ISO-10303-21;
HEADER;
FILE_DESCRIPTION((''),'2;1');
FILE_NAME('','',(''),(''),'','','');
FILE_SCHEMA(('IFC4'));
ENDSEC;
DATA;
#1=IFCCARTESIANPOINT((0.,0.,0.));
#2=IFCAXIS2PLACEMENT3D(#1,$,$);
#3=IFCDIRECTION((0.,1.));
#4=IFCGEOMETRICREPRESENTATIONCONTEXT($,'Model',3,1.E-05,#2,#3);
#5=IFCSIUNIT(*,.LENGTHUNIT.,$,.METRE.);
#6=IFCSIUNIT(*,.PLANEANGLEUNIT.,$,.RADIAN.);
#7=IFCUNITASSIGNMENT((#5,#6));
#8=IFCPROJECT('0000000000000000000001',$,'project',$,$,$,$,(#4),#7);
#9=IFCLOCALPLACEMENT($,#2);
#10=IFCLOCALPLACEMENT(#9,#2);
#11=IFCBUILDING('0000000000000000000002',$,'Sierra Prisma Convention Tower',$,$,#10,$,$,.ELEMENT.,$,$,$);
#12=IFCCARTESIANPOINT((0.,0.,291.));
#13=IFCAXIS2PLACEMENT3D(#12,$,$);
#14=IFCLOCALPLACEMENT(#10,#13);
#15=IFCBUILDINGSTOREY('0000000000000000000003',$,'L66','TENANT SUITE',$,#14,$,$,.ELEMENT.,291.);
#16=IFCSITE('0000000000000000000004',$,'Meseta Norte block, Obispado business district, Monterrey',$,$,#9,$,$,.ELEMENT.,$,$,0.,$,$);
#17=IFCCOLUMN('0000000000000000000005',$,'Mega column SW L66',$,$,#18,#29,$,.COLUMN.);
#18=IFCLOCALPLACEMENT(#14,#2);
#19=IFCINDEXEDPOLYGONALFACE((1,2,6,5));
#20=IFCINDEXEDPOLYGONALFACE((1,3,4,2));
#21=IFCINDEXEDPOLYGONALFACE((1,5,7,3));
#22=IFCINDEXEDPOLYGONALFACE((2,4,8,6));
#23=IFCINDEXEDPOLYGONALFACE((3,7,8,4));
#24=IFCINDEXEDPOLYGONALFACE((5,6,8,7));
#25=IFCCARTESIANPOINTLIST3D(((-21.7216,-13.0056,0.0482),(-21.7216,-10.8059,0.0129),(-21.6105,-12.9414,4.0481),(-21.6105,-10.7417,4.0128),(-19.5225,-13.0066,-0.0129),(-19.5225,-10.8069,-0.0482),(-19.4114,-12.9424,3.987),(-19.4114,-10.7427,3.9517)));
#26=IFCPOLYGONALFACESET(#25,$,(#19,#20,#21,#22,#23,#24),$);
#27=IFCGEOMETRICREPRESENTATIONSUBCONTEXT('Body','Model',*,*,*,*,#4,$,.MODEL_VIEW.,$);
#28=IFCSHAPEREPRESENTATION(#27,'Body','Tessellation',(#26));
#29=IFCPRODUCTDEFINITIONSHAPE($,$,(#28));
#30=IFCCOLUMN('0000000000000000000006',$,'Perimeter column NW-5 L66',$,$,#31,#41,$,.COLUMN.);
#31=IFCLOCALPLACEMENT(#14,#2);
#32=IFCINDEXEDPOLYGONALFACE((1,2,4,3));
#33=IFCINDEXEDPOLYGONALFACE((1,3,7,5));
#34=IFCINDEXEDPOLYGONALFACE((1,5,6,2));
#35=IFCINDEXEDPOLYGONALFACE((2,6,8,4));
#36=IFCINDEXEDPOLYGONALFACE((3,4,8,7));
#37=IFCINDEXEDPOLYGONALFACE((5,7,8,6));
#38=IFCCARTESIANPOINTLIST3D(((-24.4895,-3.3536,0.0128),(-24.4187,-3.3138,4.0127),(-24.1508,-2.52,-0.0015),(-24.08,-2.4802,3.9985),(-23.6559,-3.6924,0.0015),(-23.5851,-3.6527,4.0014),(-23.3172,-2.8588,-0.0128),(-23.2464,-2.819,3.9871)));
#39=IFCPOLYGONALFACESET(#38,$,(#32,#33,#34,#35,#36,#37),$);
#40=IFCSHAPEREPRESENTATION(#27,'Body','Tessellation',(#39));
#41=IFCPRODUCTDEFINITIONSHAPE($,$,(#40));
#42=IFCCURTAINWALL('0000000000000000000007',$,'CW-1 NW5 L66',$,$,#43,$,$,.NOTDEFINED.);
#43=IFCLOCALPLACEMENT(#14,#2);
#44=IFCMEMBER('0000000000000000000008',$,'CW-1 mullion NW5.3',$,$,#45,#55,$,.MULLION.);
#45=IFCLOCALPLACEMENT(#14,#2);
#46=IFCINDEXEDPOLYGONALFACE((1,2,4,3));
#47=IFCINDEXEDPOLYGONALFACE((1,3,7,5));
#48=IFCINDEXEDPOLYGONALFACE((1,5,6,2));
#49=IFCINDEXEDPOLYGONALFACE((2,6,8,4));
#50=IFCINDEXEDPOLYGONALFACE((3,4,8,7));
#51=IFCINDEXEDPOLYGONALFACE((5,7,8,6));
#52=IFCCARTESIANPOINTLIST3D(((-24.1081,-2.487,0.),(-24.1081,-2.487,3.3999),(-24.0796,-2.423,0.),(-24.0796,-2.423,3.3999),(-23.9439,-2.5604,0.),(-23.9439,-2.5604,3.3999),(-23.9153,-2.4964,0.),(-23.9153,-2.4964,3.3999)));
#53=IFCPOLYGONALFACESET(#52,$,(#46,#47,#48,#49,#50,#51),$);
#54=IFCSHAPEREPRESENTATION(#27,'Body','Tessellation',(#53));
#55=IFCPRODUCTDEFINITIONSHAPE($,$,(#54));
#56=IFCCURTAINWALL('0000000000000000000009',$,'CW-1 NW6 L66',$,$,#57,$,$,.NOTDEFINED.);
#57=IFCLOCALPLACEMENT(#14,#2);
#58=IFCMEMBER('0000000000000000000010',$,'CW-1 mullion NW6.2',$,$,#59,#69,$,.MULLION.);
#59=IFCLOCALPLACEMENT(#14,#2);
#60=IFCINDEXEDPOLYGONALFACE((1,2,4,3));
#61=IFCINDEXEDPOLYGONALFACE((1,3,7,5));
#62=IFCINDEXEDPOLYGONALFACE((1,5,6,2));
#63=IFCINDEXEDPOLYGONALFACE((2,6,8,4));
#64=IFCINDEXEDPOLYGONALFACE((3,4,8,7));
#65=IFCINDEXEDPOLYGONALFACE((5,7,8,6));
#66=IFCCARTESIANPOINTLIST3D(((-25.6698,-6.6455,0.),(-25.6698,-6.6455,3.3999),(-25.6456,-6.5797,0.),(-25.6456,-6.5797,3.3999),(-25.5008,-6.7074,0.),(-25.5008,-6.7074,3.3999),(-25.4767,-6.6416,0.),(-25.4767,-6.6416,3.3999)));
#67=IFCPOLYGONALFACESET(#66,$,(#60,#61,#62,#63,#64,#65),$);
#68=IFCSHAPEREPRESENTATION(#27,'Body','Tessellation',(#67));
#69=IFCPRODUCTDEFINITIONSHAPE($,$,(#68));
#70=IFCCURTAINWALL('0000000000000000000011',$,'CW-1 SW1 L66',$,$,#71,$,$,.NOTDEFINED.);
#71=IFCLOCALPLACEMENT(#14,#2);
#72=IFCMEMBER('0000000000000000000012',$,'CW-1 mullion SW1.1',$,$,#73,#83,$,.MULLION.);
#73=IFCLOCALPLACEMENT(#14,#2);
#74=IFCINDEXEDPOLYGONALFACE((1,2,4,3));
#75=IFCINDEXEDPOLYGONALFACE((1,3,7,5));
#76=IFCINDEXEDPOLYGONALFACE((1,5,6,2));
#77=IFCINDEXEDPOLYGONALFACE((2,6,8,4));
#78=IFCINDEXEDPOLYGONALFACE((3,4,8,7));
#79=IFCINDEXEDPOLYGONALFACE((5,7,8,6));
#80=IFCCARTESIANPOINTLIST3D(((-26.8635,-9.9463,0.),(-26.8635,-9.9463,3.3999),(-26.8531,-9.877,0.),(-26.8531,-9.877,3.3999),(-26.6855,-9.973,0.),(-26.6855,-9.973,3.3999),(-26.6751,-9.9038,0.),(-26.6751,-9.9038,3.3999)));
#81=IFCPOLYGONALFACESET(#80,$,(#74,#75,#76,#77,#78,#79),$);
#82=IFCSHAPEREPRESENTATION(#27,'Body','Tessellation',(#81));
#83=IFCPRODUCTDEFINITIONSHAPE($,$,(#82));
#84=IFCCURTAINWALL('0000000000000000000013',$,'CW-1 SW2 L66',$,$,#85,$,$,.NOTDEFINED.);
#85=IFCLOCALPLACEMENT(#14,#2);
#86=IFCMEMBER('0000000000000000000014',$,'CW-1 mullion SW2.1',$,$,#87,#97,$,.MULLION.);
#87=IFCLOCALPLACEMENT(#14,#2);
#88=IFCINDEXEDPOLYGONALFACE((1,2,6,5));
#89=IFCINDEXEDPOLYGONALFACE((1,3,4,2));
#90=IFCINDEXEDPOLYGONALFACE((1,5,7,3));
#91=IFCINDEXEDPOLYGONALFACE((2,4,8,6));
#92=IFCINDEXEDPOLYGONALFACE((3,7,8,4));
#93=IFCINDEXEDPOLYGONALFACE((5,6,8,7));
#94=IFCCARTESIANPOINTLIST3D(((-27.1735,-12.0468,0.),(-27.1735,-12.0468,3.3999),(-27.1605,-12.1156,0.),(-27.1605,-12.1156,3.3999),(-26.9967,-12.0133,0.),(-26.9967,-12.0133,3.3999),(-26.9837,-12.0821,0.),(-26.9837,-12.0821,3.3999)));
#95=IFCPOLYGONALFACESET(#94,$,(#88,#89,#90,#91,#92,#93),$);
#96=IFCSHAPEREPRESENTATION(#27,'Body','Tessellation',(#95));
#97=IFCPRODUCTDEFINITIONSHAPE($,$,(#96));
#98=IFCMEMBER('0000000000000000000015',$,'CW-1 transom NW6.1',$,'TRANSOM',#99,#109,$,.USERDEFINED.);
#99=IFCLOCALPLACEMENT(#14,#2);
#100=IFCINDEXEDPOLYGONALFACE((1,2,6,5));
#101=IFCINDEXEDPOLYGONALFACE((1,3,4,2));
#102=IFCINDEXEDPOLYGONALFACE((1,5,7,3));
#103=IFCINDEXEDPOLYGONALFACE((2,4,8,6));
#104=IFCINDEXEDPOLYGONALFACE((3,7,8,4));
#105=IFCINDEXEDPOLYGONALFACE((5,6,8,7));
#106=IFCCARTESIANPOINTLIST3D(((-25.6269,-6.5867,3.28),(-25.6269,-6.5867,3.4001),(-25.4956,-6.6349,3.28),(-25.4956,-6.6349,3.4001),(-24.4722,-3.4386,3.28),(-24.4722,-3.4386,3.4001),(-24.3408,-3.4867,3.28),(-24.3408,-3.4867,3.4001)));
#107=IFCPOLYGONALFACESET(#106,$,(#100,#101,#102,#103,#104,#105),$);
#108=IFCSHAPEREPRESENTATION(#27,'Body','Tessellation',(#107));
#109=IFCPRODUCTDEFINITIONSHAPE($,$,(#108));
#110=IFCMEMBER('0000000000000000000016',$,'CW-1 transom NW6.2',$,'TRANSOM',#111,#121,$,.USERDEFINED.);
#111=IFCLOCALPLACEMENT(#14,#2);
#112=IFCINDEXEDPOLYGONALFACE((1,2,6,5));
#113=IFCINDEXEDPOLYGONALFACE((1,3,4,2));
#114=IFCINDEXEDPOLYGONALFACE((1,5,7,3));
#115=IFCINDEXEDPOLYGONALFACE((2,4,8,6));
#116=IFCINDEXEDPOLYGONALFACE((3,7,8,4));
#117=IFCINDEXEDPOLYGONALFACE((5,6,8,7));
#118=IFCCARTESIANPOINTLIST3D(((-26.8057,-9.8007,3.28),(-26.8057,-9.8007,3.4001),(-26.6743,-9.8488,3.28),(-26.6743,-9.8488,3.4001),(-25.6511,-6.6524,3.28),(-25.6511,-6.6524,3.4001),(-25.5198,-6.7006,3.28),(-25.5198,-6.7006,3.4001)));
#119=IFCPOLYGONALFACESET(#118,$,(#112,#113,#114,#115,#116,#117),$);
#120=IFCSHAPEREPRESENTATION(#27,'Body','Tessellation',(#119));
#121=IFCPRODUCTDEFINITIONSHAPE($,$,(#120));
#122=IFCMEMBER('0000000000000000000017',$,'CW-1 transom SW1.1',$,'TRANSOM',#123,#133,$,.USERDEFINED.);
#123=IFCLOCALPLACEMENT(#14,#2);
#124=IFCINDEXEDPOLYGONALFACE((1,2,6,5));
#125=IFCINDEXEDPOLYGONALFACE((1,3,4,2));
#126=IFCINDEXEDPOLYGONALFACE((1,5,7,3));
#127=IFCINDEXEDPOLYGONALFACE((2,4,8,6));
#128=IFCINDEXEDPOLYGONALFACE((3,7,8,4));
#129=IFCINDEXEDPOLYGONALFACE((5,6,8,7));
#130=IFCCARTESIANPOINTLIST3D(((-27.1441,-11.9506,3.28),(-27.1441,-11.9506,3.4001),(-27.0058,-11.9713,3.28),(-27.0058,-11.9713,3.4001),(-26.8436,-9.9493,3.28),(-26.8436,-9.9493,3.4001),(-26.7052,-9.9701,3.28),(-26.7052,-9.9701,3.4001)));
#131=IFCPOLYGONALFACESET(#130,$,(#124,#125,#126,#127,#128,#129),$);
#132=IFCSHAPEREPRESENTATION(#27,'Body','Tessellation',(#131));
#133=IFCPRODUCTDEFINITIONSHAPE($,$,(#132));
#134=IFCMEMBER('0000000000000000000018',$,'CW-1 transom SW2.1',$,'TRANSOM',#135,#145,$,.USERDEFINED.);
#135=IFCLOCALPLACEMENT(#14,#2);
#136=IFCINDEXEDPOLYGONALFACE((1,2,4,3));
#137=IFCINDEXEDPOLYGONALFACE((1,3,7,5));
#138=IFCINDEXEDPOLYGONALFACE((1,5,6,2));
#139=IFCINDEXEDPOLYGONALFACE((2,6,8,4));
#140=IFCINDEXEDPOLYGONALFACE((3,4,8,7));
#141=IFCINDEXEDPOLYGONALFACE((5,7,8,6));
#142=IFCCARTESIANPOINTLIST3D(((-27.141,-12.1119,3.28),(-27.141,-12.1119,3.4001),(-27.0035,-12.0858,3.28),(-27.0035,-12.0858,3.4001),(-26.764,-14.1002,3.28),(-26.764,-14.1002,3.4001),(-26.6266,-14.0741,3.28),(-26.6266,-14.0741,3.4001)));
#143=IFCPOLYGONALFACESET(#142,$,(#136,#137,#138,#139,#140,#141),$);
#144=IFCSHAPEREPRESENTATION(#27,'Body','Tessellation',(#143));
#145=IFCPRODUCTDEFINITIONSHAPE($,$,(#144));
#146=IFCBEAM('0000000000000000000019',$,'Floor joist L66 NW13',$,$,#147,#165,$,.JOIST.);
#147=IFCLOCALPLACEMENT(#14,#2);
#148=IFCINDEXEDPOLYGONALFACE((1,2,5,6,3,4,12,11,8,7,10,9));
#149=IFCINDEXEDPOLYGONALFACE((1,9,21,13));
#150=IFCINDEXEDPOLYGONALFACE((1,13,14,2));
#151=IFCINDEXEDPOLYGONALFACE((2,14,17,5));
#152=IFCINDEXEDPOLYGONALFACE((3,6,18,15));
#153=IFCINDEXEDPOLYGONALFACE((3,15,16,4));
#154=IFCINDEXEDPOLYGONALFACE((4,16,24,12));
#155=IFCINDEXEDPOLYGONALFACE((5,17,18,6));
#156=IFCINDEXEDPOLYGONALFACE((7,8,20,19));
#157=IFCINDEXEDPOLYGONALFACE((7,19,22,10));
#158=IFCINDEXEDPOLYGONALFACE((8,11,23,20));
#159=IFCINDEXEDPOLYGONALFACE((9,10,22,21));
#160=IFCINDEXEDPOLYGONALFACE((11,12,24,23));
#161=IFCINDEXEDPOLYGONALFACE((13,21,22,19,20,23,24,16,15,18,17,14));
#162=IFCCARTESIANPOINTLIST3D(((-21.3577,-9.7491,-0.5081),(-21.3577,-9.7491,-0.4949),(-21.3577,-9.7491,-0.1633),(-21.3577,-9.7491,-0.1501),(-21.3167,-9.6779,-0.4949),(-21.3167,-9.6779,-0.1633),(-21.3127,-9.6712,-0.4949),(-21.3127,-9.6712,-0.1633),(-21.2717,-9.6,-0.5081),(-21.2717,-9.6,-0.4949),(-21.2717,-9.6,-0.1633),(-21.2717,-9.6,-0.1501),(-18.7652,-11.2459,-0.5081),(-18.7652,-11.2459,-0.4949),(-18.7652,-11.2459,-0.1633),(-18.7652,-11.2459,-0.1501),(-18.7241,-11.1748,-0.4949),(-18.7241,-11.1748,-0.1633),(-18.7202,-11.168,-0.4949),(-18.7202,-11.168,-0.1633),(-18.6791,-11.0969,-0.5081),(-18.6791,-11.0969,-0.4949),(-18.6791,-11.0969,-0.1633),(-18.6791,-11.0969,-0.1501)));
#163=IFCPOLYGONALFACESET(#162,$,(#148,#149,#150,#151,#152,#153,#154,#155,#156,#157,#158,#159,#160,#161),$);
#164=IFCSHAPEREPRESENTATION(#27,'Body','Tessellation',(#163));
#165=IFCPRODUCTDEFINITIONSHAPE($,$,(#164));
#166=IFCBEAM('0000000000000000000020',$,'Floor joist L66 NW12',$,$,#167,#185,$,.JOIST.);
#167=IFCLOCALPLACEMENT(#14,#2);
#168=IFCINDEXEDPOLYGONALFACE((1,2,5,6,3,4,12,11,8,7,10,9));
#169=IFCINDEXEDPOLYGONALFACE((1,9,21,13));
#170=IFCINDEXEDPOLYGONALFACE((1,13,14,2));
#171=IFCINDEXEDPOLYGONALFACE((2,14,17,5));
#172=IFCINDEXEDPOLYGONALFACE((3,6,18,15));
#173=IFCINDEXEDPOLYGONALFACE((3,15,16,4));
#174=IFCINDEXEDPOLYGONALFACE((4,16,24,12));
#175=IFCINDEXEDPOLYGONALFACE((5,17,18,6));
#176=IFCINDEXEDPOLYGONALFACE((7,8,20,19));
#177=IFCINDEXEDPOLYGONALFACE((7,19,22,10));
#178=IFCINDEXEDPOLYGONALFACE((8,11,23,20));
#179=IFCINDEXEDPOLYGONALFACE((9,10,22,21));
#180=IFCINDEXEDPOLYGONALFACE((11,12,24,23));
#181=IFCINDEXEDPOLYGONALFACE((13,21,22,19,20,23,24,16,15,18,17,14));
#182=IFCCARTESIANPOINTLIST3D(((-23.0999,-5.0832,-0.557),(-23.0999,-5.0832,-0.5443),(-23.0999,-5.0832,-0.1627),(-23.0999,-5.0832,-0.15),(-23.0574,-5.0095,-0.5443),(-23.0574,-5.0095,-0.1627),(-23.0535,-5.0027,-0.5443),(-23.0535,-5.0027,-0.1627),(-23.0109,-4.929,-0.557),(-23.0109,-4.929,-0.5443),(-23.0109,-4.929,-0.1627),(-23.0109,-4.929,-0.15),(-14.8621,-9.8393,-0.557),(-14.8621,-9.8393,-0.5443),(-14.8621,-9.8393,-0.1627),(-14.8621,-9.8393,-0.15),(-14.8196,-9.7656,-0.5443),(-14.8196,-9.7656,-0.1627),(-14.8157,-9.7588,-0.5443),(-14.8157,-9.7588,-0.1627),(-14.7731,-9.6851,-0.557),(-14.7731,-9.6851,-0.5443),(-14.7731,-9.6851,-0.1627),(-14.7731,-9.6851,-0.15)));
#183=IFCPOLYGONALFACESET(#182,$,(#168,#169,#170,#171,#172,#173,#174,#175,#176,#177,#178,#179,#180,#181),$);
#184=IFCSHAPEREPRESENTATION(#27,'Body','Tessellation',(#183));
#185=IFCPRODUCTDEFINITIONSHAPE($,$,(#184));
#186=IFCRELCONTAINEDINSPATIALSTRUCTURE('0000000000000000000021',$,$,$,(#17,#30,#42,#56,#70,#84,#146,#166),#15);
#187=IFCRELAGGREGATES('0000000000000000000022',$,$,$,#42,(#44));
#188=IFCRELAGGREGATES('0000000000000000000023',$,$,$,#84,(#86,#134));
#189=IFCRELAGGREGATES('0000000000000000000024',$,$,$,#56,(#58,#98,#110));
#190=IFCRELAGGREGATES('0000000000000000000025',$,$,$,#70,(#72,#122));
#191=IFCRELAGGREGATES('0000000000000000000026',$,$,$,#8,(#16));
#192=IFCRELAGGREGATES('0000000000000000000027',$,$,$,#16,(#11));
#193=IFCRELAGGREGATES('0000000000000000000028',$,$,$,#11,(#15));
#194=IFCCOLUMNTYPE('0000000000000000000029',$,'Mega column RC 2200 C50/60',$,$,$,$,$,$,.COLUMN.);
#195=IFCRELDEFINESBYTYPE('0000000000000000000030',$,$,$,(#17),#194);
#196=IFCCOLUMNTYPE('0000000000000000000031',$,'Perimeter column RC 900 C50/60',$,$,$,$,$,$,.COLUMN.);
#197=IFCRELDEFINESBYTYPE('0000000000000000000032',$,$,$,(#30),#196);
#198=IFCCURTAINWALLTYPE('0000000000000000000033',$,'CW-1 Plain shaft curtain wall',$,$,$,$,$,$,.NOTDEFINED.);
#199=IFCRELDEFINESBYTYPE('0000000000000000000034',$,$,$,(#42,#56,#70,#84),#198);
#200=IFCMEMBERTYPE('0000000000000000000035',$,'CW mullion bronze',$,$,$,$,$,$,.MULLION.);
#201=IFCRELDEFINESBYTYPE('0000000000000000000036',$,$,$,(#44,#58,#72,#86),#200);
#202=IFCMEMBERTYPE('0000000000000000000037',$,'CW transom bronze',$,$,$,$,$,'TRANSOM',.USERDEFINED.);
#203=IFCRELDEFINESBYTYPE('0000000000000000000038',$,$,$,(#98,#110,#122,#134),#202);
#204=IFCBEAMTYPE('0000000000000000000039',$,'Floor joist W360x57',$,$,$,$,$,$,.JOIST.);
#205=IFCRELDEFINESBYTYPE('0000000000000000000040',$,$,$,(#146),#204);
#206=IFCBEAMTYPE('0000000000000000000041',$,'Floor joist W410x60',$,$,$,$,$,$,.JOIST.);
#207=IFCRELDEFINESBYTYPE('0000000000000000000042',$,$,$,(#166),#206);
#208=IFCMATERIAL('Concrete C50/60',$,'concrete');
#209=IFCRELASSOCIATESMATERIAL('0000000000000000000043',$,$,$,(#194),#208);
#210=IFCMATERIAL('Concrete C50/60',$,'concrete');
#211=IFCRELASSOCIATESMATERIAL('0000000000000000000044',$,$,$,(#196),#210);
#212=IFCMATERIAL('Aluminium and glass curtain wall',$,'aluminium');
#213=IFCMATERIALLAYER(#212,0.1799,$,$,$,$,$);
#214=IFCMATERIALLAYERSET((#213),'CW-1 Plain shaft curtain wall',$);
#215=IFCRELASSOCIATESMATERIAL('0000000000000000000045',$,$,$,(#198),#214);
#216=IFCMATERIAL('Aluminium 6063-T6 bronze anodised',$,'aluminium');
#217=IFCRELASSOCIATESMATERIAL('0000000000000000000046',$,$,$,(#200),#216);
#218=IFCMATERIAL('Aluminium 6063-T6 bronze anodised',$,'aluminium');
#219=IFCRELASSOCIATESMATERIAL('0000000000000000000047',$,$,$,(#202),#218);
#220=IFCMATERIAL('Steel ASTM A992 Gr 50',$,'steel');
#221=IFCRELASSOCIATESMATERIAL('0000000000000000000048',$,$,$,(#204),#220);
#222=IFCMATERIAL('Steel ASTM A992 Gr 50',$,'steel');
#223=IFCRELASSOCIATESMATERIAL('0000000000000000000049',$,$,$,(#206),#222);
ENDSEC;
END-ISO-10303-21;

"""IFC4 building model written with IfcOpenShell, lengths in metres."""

from ifc_helpers import new_model, si_unit, direction, frame, origin, origin_2d, place, context, subcontext, project, spatial, rectangle, i_section, extrude, material, layer, layer_set, material_profile, profile_set, type_object, element, aggregate, save


model = new_model("IFC4")

# Units and contexts
model_context = context("Model", 3, precision=1e-05, world=origin(), true_north=direction((0.0, 1.0)))
body_context = subcontext(model_context, "Body", "Model", "MODEL_VIEW")
ifc_project = project(units=[si_unit("LENGTHUNIT", "METRE"), si_unit("PLANEANGLEUNIT", "RADIAN")], contexts=[model_context])

# Site, building, storey
site_placement = place(None, origin())
site = spatial("IfcSite", under=ifc_project, at=site_placement, Name="Meseta Norte block, Obispado business district, Monterrey", CompositionType="ELEMENT", RefElevation=0.0)
building_placement = place(site_placement, origin())
building = spatial("IfcBuilding", under=site, at=building_placement, Name="Sierra Prisma Convention Tower", CompositionType="ELEMENT")
storey_placement = place(building_placement, frame((0.0, 0.0, 291.0)))
storey = spatial("IfcBuildingStorey", under=building, at=storey_placement, Name="L66", Description="TENANT SUITE", CompositionType="ELEMENT", Elevation=291.0)

# Columns
ifc_material_1 = material(Name="Concrete C50/60", Category="concrete")
ifc_material_profile_1 = material_profile(ifc_material_1, rectangle(XDim=2.2, YDim=2.2, at=origin_2d()), Name="Mega column RC 2200 C50/60")
ifc_profile_set_1 = profile_set([ifc_material_profile_1], Name="Concrete C50/60")
column_type_1 = type_object("IfcColumnType", Name="Mega column RC 2200 C50/60", PredefinedType="COLUMN", material=ifc_profile_set_1)
column_1_placement = place(storey_placement, frame((-20.6221, -11.9062, 0.0), z_axis=(0.027757, 0.016044, 0.999486), x_axis=(0.999615, -0.000446, -0.027753)))
element("IfcColumn", 1, at=column_1_placement, inside=storey, type_object=column_type_1, Name="Mega column SW L66", PredefinedType="COLUMN", context=body_context, shape_type="SweptSolid", body=[
    extrude(rectangle(XDim=2.2, YDim=2.2, at=origin_2d()), origin(), (0.0, 0.0, 1.0), 4.002),
])
ifc_material_2 = material(Name="Concrete C50/60", Category="concrete")
ifc_material_profile_2 = material_profile(ifc_material_2, rectangle(XDim=0.8999, YDim=0.8999, at=origin_2d()), Name="Perimeter column RC 900 C50/60")
ifc_profile_set_2 = profile_set([ifc_material_profile_2], Name="Concrete C50/60")
column_type_2 = type_object("IfcColumnType", Name="Perimeter column RC 900 C50/60", PredefinedType="COLUMN", material=ifc_profile_set_2)
column_2_placement = place(storey_placement, frame((-23.9033, -3.1062, 0.0), z_axis=(0.017697, 0.009947, 0.999794), x_axis=(0.376374, 0.926332, -0.015878)))
element("IfcColumn", 2, at=column_2_placement, inside=storey, type_object=column_type_2, Name="Perimeter column NW-5 L66", PredefinedType="COLUMN", context=body_context, shape_type="SweptSolid", body=[
    extrude(rectangle(XDim=0.8999, YDim=0.8999, at=origin_2d()), origin(), (0.0, 0.0, 1.0), 4.0007),
])

# Curtain walls, members
ifc_material_3 = material(Name="Aluminium and glass curtain wall", Category="aluminium")
ifc_layer_1 = layer(ifc_material_3, 0.1799)
ifc_layer_set_1 = layer_set([ifc_layer_1], Name="CW-1 Plain shaft curtain wall")
curtain_wall_type = type_object("IfcCurtainWallType", Name="CW-1 Plain shaft curtain wall", PredefinedType="NOTDEFINED", material=ifc_layer_set_1)
curtain_wall_1_placement = place(storey_placement, origin())
curtain_wall_1 = element("IfcCurtainWall", 3, at=curtain_wall_1_placement, inside=storey, type_object=curtain_wall_type, Name="CW-1 NW5 L66", PredefinedType="NOTDEFINED")
ifc_material_4 = material(Name="Aluminium 6063-T6 bronze anodised", Category="aluminium")
ifc_material_profile_3 = material_profile(ifc_material_4, rectangle(XDim=0.1799, YDim=0.0701, at=origin_2d()), Name="ALU MULLION 70x180")
ifc_profile_set_3 = profile_set([ifc_material_profile_3], Name="Aluminium 6063-T6 bronze anodised")
member_type_1 = type_object("IfcMemberType", Name="CW mullion bronze", PredefinedType="MULLION", material=ifc_profile_set_3)
member_1_placement = place(storey_placement, frame((-24.0117, -2.4917, 0.0), z_axis=(0.0, 0.0, 1.0), x_axis=(0.912943, -0.408087, 0.0)))
member_1 = element("IfcMember", 4, at=member_1_placement, type_object=member_type_1, Name="CW-1 mullion NW5.3", PredefinedType="MULLION", context=body_context, shape_type="SweptSolid", body=[
    extrude(rectangle(XDim=0.1799, YDim=0.0701, at=origin_2d()), origin(), (0.0, 0.0, 1.0), 3.3999),
])
aggregate(curtain_wall_1, [member_1])
curtain_wall_2_placement = place(storey_placement, origin())
curtain_wall_2 = element("IfcCurtainWall", 5, at=curtain_wall_2_placement, inside=storey, type_object=curtain_wall_type, Name="CW-1 NW6 L66", PredefinedType="NOTDEFINED")
member_2_placement = place(storey_placement, frame((-25.5732, -6.6436, 0.0), z_axis=(0.0, 0.0, 1.0), x_axis=(0.938847, -0.344334, 0.0)))
member_2 = element("IfcMember", 6, at=member_2_placement, type_object=member_type_1, Name="CW-1 mullion NW6.2", PredefinedType="MULLION", context=body_context, shape_type="SweptSolid", body=[
    extrude(rectangle(XDim=0.1799, YDim=0.0701, at=origin_2d()), origin(), (0.0, 0.0, 1.0), 3.3999),
])
curtain_wall_3_placement = place(storey_placement, origin())
curtain_wall_3 = element("IfcCurtainWall", 7, at=curtain_wall_3_placement, inside=storey, type_object=curtain_wall_type, Name="CW-1 SW1 L66", PredefinedType="NOTDEFINED")
member_3_placement = place(storey_placement, frame((-26.7693, -9.925, 0.0), z_axis=(0.0, 0.0, 1.0), x_axis=(0.988924, -0.148422, 0.0)))
member_3 = element("IfcMember", 8, at=member_3_placement, type_object=member_type_1, Name="CW-1 mullion SW1.1", PredefinedType="MULLION", context=body_context, shape_type="SweptSolid", body=[
    extrude(rectangle(XDim=0.1799, YDim=0.0701, at=origin_2d()), origin(), (0.0, 0.0, 1.0), 3.3999),
])
curtain_wall_4_placement = place(storey_placement, origin())
curtain_wall_4 = element("IfcCurtainWall", 9, at=curtain_wall_4_placement, inside=storey, type_object=curtain_wall_type, Name="CW-1 SW2 L66", PredefinedType="NOTDEFINED")
member_4_placement = place(storey_placement, frame((-27.0786, -12.0645, 0.0), z_axis=(0.0, 0.0, 1.0), x_axis=(0.982508, 0.18622, 0.0)))
member_4 = element("IfcMember", 10, at=member_4_placement, type_object=member_type_1, Name="CW-1 mullion SW2.1", PredefinedType="MULLION", context=body_context, shape_type="SweptSolid", body=[
    extrude(rectangle(XDim=0.1799, YDim=0.0701, at=origin_2d()), origin(), (0.0, 0.0, 1.0), 3.3999),
])

# Members
ifc_material_5 = material(Name="Aluminium 6063-T6 bronze anodised", Category="aluminium")
ifc_material_profile_4 = material_profile(ifc_material_5, rectangle(XDim=0.1399, YDim=0.1201, at=origin_2d()), Name="ALU TRANSOM 120x140")
ifc_profile_set_4 = profile_set([ifc_material_profile_4], Name="Aluminium 6063-T6 bronze anodised")
member_type_2 = type_object("IfcMemberType", Name="CW transom bronze", ElementType="TRANSOM", PredefinedType="USERDEFINED", material=ifc_profile_set_4)
member_5_placement = place(storey_placement, frame((-24.4065, -3.4626, 3.3401), z_axis=(-0.344372, -0.938833, 0.0), x_axis=(0.938833, -0.344372, 0.0)))
member_5 = element("IfcMember", 11, at=member_5_placement, type_object=member_type_2, Name="CW-1 transom NW6.1", ObjectType="TRANSOM", PredefinedType="USERDEFINED", context=body_context, shape_type="SweptSolid", body=[
    extrude(rectangle(XDim=0.1399, YDim=0.1201, at=origin_2d()), origin(), (0.0, 0.0, 1.0), 3.3533),
])
member_6_placement = place(storey_placement, frame((-25.5854, -6.6765, 3.3401), z_axis=(-0.344308, -0.938857, 0.0), x_axis=(0.938857, -0.344308, 0.0)))
member_6 = element("IfcMember", 12, at=member_6_placement, type_object=member_type_2, Name="CW-1 transom NW6.2", ObjectType="TRANSOM", PredefinedType="USERDEFINED", context=body_context, shape_type="SweptSolid", body=[
    extrude(rectangle(XDim=0.1399, YDim=0.1201, at=origin_2d()), origin(), (0.0, 0.0, 1.0), 3.3533),
])
member_7_placement = place(storey_placement, frame((-26.7744, -9.9597, 3.3401), z_axis=(-0.148512, -0.988911, 0.0), x_axis=(0.988911, -0.148512, 0.0)))
member_7 = element("IfcMember", 13, at=member_7_placement, type_object=member_type_2, Name="CW-1 transom SW1.1", ObjectType="TRANSOM", PredefinedType="USERDEFINED", context=body_context, shape_type="SweptSolid", body=[
    extrude(rectangle(XDim=0.1399, YDim=0.1201, at=origin_2d()), origin(), (0.0, 0.0, 1.0), 2.0237),
])
member_8_placement = place(storey_placement, frame((-27.0723, -12.0989, 3.3401), z_axis=(0.186269, -0.982499, 0.0), x_axis=(0.982499, 0.186269, 0.0)))
member_8 = element("IfcMember", 14, at=member_8_placement, type_object=member_type_2, Name="CW-1 transom SW2.1", ObjectType="TRANSOM", PredefinedType="USERDEFINED", context=body_context, shape_type="SweptSolid", body=[
    extrude(rectangle(XDim=0.1399, YDim=0.1201, at=origin_2d()), origin(), (0.0, 0.0, 1.0), 2.0237),
])
aggregate(curtain_wall_4, [member_4, member_8])

# Beams
ifc_material_6 = material(Name="Steel ASTM A992 Gr 50", Category="steel")
ifc_material_profile_5 = material_profile(ifc_material_6, i_section(OverallWidth=0.1721, OverallDepth=0.3579, WebThickness=0.0078, FlangeThickness=0.0132, at=origin_2d()), Name="W360x57")
ifc_profile_set_5 = profile_set([ifc_material_profile_5], Name="Steel ASTM A992 Gr 50")
beam_type_1 = type_object("IfcBeamType", Name="Floor joist W360x57", PredefinedType="JOIST", material=ifc_profile_set_5)
beam_1_placement = place(storey_placement, frame((-21.3147, -9.6746, -0.3291), z_axis=(0.866021, -0.500007, 0.0), x_axis=(0.500007, 0.866021, 0.0)))
element("IfcBeam", 15, at=beam_1_placement, inside=storey, type_object=beam_type_1, Name="Floor joist L66 NW13", PredefinedType="JOIST", context=body_context, shape_type="SweptSolid", body=[
    extrude(i_section(OverallWidth=0.1721, OverallDepth=0.3579, WebThickness=0.0078, FlangeThickness=0.0132, at=origin_2d()), origin(), (0.0, 0.0, 1.0), 2.9937),
])
ifc_material_7 = material(Name="Steel ASTM A992 Gr 50", Category="steel")
ifc_material_profile_6 = material_profile(ifc_material_7, i_section(OverallWidth=0.178, OverallDepth=0.407, WebThickness=0.0078, FlangeThickness=0.0127, at=origin_2d()), Name="W410x60")
ifc_profile_set_6 = profile_set([ifc_material_profile_6], Name="Steel ASTM A992 Gr 50")
beam_type_2 = type_object("IfcBeamType", Name="Floor joist W410x60", PredefinedType="JOIST", material=ifc_profile_set_6)
beam_2_placement = place(storey_placement, frame((-23.0554, -5.0061, -0.3535), z_axis=(0.866025, -0.500001, 0.0), x_axis=(0.500001, 0.866025, 0.0)))
element("IfcBeam", 16, at=beam_2_placement, inside=storey, type_object=beam_type_2, Name="Floor joist L66 NW12", PredefinedType="JOIST", context=body_context, shape_type="SweptSolid", body=[
    extrude(i_section(OverallWidth=0.178, OverallDepth=0.407, WebThickness=0.0078, FlangeThickness=0.0127, at=origin_2d()), origin(), (0.0, 0.0, 1.0), 9.5122),
])

aggregate(curtain_wall_2, [member_2, member_5, member_6])
aggregate(curtain_wall_3, [member_3, member_7])

save(model, "model.ifc")
